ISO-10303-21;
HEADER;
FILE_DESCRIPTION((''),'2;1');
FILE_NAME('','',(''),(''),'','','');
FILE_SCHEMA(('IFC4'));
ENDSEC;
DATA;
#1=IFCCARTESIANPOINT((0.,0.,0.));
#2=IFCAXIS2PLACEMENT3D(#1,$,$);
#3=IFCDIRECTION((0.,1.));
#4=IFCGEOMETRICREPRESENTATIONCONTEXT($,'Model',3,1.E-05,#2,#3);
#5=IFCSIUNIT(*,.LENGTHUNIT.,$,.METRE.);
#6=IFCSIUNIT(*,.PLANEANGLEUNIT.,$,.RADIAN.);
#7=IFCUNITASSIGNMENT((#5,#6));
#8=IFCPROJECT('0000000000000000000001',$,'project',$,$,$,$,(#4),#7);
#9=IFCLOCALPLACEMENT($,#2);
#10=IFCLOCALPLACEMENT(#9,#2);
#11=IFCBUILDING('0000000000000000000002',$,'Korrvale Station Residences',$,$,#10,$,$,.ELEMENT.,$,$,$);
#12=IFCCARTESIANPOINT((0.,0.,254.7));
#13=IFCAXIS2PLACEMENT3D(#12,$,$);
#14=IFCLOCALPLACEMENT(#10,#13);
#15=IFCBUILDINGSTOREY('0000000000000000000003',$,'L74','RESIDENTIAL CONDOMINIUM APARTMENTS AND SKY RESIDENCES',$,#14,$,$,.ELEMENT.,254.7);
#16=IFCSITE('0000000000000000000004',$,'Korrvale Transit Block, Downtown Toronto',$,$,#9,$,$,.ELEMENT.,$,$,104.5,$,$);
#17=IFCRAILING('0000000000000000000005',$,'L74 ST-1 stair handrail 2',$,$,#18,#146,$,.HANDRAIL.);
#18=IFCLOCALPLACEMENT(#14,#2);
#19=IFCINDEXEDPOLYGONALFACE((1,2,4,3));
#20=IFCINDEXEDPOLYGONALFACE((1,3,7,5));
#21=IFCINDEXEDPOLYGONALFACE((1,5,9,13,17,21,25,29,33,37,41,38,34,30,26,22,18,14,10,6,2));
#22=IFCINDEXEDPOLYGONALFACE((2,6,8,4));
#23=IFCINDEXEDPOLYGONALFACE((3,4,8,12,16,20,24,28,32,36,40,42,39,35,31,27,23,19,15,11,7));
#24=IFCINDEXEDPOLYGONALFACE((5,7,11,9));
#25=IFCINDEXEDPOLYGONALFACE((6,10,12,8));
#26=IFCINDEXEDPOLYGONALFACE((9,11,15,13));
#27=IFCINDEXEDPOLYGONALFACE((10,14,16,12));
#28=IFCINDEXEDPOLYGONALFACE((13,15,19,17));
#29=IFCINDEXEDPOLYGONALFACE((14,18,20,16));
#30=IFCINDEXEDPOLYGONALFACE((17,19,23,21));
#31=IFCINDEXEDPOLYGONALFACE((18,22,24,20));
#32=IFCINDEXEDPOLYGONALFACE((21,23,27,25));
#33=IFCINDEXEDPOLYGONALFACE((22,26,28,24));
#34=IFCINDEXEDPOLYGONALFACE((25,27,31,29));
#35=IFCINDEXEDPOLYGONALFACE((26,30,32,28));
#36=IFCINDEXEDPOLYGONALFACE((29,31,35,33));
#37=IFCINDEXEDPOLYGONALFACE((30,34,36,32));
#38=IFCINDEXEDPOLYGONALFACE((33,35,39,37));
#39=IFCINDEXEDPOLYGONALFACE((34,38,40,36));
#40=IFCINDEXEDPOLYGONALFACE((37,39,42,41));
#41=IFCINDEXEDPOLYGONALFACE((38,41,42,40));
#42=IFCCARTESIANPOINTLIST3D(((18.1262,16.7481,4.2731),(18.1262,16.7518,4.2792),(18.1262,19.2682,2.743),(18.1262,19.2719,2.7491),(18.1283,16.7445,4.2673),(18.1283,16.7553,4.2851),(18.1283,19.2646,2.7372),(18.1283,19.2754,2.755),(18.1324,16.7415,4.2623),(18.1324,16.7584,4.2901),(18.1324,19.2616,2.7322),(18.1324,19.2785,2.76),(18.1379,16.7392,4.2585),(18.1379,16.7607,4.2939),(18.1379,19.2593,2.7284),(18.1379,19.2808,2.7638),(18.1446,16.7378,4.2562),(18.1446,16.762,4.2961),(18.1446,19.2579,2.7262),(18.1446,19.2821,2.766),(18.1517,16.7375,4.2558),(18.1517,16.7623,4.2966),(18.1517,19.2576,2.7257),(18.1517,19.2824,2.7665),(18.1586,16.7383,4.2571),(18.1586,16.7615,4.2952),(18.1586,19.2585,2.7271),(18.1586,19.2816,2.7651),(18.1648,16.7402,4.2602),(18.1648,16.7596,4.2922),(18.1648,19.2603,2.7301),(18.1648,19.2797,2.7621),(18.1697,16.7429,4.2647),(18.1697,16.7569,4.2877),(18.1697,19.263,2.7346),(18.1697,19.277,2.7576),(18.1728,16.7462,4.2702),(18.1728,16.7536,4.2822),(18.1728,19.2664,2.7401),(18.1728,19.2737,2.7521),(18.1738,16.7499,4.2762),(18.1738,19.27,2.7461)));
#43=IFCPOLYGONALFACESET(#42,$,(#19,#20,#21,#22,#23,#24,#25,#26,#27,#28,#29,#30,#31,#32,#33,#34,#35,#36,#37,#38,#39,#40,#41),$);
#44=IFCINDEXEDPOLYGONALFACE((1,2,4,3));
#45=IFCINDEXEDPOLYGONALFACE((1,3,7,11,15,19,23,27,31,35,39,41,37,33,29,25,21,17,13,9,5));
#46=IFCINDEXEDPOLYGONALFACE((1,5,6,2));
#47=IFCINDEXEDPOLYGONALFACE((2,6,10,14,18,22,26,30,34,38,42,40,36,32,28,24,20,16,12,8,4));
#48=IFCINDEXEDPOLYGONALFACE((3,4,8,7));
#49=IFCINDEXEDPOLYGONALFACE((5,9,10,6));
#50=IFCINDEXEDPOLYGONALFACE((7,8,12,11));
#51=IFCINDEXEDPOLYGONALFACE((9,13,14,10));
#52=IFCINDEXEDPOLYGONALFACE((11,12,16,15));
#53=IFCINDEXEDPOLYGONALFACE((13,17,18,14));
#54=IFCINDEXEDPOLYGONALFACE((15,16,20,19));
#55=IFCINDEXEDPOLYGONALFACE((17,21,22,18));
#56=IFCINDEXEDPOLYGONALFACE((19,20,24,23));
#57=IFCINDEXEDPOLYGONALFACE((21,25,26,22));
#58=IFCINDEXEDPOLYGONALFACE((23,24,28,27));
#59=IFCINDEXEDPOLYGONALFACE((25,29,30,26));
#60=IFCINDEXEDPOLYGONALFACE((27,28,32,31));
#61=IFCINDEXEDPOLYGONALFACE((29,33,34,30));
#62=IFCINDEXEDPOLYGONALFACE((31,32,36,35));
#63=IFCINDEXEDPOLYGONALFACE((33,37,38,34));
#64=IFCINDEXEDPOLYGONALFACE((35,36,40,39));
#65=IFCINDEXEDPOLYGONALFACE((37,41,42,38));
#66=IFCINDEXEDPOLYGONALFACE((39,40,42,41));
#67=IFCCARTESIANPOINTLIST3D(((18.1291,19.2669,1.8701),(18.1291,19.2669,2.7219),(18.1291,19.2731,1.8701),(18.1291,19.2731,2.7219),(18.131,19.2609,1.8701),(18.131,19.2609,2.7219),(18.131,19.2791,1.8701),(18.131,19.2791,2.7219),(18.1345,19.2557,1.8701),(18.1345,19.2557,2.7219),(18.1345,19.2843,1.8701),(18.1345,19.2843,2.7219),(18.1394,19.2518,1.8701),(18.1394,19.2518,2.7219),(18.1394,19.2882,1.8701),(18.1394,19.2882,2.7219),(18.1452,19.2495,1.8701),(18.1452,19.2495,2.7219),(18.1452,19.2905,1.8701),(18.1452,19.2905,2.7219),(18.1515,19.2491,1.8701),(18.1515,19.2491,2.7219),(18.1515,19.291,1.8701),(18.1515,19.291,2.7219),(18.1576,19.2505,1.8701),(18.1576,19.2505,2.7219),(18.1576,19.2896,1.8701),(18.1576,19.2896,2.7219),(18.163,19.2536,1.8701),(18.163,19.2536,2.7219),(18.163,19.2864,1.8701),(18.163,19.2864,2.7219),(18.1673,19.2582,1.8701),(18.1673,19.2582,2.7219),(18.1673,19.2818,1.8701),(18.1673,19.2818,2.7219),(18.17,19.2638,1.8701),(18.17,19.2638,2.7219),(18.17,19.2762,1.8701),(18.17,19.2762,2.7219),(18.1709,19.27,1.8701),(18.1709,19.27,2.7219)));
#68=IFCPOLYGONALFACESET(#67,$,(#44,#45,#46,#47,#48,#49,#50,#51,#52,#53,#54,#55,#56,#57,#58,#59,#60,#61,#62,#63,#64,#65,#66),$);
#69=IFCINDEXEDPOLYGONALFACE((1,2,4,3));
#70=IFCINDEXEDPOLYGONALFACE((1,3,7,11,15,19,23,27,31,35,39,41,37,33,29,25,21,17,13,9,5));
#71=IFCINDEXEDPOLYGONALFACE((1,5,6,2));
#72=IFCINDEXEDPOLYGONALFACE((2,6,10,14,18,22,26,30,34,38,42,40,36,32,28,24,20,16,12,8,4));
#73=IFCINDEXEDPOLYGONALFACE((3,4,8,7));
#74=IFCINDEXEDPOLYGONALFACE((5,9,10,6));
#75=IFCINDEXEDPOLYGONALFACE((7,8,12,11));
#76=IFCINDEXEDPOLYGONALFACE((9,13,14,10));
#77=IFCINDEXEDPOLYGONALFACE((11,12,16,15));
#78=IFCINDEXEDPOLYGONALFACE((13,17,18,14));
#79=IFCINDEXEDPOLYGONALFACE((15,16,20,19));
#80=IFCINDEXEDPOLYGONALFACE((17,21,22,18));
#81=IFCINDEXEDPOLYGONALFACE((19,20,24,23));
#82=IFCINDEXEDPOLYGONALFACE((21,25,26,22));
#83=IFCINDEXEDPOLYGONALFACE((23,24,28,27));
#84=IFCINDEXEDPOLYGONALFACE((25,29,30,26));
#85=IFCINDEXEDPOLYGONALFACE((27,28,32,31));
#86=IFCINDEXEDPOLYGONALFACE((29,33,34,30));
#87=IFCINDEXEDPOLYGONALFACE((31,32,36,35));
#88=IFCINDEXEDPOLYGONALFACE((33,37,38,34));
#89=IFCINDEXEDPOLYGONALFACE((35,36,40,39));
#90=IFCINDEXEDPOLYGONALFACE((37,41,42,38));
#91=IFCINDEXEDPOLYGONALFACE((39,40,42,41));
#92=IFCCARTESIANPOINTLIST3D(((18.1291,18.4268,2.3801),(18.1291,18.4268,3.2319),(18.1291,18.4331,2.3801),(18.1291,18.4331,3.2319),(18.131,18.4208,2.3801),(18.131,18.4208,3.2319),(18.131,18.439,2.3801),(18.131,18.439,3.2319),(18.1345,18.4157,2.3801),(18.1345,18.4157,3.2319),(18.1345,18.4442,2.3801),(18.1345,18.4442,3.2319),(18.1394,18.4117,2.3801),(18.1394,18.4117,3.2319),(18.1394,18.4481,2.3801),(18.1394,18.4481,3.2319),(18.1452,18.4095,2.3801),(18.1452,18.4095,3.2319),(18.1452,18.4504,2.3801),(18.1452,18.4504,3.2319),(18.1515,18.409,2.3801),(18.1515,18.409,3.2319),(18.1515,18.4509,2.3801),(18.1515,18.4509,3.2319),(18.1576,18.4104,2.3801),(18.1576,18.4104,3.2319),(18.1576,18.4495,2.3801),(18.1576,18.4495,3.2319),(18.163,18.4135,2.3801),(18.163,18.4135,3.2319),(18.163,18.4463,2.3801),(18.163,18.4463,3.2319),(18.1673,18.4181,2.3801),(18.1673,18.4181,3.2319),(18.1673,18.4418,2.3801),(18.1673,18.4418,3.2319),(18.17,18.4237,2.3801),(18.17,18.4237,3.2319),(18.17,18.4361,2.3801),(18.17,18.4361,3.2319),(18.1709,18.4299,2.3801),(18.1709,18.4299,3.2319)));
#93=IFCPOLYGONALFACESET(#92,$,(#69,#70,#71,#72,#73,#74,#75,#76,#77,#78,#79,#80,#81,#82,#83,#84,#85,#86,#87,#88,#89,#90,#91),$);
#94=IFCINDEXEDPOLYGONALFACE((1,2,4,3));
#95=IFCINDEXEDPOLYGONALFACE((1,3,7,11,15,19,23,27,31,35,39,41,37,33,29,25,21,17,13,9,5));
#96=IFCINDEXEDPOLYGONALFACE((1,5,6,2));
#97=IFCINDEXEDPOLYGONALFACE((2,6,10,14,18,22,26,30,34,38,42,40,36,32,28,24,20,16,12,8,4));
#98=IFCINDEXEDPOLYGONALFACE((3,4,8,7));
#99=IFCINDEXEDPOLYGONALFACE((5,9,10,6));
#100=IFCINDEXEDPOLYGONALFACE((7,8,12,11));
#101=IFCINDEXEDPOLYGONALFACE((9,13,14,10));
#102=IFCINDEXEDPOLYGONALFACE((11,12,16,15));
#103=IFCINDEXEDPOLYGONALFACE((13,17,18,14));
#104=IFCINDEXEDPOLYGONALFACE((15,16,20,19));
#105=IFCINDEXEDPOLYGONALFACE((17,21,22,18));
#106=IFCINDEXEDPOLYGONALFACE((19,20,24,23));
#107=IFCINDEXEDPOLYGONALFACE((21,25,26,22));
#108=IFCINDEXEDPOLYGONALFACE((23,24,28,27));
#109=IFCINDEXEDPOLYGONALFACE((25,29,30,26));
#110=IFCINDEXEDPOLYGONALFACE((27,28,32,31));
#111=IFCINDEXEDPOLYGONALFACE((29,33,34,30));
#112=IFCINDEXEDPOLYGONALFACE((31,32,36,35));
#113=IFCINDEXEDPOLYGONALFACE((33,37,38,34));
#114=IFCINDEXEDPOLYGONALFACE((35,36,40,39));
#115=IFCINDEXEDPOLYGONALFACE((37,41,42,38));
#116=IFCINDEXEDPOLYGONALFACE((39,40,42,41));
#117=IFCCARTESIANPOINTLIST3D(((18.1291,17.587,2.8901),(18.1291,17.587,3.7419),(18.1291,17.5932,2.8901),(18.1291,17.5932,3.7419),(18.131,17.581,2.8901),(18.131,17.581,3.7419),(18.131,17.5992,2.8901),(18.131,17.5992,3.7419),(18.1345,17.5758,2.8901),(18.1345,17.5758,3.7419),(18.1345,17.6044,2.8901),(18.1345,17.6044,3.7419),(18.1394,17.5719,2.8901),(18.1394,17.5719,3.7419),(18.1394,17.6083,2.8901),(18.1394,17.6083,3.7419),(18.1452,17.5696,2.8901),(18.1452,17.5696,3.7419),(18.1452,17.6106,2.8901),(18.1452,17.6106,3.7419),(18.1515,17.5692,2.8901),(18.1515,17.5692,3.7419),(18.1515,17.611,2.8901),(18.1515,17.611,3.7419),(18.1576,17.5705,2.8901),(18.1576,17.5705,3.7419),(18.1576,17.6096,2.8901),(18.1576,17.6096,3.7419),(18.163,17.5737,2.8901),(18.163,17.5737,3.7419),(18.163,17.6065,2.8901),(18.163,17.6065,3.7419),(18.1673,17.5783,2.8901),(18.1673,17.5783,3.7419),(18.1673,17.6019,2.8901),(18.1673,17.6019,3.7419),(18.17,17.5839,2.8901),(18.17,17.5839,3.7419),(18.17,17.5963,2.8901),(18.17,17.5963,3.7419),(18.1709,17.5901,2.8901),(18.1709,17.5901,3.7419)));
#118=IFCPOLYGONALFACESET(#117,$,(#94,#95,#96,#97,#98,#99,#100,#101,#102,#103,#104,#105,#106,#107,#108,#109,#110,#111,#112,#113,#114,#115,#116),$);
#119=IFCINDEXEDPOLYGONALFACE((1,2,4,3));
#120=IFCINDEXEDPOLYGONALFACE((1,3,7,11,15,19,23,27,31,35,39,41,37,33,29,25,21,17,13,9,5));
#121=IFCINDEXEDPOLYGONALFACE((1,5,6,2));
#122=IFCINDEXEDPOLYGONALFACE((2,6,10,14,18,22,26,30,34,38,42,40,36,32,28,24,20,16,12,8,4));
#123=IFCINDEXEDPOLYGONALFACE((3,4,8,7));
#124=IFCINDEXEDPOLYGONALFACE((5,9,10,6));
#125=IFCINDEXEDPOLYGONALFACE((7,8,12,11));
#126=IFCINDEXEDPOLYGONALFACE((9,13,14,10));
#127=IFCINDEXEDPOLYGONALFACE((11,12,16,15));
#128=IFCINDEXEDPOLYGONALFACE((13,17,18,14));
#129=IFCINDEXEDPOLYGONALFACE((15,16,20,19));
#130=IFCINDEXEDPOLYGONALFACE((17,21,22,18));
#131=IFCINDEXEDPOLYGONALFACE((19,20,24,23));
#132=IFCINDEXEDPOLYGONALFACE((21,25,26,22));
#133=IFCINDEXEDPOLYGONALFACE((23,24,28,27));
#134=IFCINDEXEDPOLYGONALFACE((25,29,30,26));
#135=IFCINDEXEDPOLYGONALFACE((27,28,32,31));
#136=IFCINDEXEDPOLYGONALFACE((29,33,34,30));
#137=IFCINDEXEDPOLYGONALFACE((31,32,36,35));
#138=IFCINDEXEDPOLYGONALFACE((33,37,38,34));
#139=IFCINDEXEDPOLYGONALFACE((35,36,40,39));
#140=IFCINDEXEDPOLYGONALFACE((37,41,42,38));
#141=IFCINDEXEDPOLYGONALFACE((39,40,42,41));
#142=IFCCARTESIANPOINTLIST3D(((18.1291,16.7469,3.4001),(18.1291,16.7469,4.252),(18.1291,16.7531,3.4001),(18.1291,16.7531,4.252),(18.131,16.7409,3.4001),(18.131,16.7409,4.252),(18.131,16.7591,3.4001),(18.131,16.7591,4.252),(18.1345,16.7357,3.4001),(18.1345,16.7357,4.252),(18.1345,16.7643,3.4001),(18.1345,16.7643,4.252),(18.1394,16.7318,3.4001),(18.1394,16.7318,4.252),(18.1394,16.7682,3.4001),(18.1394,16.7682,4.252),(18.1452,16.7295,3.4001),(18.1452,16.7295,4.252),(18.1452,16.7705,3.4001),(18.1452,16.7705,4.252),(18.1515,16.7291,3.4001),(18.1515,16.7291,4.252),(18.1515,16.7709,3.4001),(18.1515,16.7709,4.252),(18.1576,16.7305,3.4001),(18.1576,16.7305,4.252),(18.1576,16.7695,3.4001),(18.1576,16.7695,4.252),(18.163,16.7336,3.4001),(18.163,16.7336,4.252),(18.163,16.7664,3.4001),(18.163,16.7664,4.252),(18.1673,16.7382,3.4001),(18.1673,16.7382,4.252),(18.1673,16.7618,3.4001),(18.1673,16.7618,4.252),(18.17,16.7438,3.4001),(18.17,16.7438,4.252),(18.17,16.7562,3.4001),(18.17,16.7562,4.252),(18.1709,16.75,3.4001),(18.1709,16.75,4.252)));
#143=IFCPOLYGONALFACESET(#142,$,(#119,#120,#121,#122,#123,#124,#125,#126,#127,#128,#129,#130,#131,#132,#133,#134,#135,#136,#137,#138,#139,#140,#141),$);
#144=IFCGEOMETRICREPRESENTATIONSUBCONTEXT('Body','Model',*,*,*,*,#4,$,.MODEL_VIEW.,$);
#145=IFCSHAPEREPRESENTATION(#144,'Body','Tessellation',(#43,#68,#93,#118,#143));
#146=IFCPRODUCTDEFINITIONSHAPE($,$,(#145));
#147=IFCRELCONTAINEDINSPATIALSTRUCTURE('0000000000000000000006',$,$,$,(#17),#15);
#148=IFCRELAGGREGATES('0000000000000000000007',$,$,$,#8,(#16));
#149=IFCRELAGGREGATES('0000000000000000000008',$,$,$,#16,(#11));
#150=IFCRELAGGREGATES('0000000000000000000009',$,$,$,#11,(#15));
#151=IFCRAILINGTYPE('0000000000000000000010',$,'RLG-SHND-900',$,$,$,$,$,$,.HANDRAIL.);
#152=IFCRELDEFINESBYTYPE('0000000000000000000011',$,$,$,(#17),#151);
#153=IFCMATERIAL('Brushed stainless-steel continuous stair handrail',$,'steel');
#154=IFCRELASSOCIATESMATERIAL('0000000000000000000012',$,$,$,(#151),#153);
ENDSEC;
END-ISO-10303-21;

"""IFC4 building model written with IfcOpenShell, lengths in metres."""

from ifc_helpers import new_model, si_unit, direction, frame, origin, origin_2d, place, context, subcontext, project, spatial, circle, extrude, material, type_object, element, save


model = new_model("IFC4")

# Units and contexts
model_context = context("Model", 3, precision=1e-05, world=origin(), true_north=direction((0.0, 1.0)))
body_context = subcontext(model_context, "Body", "Model", "MODEL_VIEW")
ifc_project = project(units=[si_unit("LENGTHUNIT", "METRE"), si_unit("PLANEANGLEUNIT", "RADIAN")], contexts=[model_context])

# Site, building, storey
site_placement = place(None, origin())
site = spatial("IfcSite", under=ifc_project, at=site_placement, Name="Korrvale Transit Block, Downtown Toronto", CompositionType="ELEMENT", RefElevation=104.5)
building_placement = place(site_placement, origin())
building = spatial("IfcBuilding", under=site, at=building_placement, Name="Korrvale Station Residences", CompositionType="ELEMENT")
storey_placement = place(building_placement, frame((0.0, 0.0, 254.7)))
storey = spatial("IfcBuildingStorey", under=building, at=storey_placement, Name="L74", Description="RESIDENTIAL CONDOMINIUM APARTMENTS AND SKY RESIDENCES", CompositionType="ELEMENT", Elevation=254.7)

# Railing
ifc_material_1 = material(Name="Brushed stainless-steel continuous stair handrail", Category="steel")
railing_type_1 = type_object("IfcRailingType", Name="RLG-SHND-900", PredefinedType="HANDRAIL", material=ifc_material_1)
railing_1_placement = place(storey_placement, frame((18.1499, 19.27, 1.8701)))
element("IfcRailing", 1, at=railing_1_placement, inside=storey, type_object=railing_type_1, Name="L74 ST-1 stair handrail 2", PredefinedType="HANDRAIL", context=body_context, shape_type="SweptSolid", body=[
    extrude(circle(Radius=0.0239, at=origin_2d()), frame((0.0, 0.0, 0.876), z_axis=(0.0, -0.854785, 0.518982), x_axis=(1.0, 0.0, 0.0)), (0.0, 0.0, 1.0), 2.9482),
    extrude(circle(Radius=0.021, at=origin_2d()), origin(), (0.0, 0.0, 1.0), 0.8518),
    extrude(circle(Radius=0.021, at=origin_2d()), frame((0.0, -0.8401, 0.51)), (0.0, 0.0, 1.0), 0.8518),
    extrude(circle(Radius=0.021, at=origin_2d()), frame((0.0, -1.6799, 1.02)), (0.0, 0.0, 1.0), 0.8518),
    extrude(circle(Radius=0.021, at=origin_2d()), frame((0.0, -2.52, 1.53)), (0.0, 0.0, 1.0), 0.8518),
])

save(model, "model.ifc")
